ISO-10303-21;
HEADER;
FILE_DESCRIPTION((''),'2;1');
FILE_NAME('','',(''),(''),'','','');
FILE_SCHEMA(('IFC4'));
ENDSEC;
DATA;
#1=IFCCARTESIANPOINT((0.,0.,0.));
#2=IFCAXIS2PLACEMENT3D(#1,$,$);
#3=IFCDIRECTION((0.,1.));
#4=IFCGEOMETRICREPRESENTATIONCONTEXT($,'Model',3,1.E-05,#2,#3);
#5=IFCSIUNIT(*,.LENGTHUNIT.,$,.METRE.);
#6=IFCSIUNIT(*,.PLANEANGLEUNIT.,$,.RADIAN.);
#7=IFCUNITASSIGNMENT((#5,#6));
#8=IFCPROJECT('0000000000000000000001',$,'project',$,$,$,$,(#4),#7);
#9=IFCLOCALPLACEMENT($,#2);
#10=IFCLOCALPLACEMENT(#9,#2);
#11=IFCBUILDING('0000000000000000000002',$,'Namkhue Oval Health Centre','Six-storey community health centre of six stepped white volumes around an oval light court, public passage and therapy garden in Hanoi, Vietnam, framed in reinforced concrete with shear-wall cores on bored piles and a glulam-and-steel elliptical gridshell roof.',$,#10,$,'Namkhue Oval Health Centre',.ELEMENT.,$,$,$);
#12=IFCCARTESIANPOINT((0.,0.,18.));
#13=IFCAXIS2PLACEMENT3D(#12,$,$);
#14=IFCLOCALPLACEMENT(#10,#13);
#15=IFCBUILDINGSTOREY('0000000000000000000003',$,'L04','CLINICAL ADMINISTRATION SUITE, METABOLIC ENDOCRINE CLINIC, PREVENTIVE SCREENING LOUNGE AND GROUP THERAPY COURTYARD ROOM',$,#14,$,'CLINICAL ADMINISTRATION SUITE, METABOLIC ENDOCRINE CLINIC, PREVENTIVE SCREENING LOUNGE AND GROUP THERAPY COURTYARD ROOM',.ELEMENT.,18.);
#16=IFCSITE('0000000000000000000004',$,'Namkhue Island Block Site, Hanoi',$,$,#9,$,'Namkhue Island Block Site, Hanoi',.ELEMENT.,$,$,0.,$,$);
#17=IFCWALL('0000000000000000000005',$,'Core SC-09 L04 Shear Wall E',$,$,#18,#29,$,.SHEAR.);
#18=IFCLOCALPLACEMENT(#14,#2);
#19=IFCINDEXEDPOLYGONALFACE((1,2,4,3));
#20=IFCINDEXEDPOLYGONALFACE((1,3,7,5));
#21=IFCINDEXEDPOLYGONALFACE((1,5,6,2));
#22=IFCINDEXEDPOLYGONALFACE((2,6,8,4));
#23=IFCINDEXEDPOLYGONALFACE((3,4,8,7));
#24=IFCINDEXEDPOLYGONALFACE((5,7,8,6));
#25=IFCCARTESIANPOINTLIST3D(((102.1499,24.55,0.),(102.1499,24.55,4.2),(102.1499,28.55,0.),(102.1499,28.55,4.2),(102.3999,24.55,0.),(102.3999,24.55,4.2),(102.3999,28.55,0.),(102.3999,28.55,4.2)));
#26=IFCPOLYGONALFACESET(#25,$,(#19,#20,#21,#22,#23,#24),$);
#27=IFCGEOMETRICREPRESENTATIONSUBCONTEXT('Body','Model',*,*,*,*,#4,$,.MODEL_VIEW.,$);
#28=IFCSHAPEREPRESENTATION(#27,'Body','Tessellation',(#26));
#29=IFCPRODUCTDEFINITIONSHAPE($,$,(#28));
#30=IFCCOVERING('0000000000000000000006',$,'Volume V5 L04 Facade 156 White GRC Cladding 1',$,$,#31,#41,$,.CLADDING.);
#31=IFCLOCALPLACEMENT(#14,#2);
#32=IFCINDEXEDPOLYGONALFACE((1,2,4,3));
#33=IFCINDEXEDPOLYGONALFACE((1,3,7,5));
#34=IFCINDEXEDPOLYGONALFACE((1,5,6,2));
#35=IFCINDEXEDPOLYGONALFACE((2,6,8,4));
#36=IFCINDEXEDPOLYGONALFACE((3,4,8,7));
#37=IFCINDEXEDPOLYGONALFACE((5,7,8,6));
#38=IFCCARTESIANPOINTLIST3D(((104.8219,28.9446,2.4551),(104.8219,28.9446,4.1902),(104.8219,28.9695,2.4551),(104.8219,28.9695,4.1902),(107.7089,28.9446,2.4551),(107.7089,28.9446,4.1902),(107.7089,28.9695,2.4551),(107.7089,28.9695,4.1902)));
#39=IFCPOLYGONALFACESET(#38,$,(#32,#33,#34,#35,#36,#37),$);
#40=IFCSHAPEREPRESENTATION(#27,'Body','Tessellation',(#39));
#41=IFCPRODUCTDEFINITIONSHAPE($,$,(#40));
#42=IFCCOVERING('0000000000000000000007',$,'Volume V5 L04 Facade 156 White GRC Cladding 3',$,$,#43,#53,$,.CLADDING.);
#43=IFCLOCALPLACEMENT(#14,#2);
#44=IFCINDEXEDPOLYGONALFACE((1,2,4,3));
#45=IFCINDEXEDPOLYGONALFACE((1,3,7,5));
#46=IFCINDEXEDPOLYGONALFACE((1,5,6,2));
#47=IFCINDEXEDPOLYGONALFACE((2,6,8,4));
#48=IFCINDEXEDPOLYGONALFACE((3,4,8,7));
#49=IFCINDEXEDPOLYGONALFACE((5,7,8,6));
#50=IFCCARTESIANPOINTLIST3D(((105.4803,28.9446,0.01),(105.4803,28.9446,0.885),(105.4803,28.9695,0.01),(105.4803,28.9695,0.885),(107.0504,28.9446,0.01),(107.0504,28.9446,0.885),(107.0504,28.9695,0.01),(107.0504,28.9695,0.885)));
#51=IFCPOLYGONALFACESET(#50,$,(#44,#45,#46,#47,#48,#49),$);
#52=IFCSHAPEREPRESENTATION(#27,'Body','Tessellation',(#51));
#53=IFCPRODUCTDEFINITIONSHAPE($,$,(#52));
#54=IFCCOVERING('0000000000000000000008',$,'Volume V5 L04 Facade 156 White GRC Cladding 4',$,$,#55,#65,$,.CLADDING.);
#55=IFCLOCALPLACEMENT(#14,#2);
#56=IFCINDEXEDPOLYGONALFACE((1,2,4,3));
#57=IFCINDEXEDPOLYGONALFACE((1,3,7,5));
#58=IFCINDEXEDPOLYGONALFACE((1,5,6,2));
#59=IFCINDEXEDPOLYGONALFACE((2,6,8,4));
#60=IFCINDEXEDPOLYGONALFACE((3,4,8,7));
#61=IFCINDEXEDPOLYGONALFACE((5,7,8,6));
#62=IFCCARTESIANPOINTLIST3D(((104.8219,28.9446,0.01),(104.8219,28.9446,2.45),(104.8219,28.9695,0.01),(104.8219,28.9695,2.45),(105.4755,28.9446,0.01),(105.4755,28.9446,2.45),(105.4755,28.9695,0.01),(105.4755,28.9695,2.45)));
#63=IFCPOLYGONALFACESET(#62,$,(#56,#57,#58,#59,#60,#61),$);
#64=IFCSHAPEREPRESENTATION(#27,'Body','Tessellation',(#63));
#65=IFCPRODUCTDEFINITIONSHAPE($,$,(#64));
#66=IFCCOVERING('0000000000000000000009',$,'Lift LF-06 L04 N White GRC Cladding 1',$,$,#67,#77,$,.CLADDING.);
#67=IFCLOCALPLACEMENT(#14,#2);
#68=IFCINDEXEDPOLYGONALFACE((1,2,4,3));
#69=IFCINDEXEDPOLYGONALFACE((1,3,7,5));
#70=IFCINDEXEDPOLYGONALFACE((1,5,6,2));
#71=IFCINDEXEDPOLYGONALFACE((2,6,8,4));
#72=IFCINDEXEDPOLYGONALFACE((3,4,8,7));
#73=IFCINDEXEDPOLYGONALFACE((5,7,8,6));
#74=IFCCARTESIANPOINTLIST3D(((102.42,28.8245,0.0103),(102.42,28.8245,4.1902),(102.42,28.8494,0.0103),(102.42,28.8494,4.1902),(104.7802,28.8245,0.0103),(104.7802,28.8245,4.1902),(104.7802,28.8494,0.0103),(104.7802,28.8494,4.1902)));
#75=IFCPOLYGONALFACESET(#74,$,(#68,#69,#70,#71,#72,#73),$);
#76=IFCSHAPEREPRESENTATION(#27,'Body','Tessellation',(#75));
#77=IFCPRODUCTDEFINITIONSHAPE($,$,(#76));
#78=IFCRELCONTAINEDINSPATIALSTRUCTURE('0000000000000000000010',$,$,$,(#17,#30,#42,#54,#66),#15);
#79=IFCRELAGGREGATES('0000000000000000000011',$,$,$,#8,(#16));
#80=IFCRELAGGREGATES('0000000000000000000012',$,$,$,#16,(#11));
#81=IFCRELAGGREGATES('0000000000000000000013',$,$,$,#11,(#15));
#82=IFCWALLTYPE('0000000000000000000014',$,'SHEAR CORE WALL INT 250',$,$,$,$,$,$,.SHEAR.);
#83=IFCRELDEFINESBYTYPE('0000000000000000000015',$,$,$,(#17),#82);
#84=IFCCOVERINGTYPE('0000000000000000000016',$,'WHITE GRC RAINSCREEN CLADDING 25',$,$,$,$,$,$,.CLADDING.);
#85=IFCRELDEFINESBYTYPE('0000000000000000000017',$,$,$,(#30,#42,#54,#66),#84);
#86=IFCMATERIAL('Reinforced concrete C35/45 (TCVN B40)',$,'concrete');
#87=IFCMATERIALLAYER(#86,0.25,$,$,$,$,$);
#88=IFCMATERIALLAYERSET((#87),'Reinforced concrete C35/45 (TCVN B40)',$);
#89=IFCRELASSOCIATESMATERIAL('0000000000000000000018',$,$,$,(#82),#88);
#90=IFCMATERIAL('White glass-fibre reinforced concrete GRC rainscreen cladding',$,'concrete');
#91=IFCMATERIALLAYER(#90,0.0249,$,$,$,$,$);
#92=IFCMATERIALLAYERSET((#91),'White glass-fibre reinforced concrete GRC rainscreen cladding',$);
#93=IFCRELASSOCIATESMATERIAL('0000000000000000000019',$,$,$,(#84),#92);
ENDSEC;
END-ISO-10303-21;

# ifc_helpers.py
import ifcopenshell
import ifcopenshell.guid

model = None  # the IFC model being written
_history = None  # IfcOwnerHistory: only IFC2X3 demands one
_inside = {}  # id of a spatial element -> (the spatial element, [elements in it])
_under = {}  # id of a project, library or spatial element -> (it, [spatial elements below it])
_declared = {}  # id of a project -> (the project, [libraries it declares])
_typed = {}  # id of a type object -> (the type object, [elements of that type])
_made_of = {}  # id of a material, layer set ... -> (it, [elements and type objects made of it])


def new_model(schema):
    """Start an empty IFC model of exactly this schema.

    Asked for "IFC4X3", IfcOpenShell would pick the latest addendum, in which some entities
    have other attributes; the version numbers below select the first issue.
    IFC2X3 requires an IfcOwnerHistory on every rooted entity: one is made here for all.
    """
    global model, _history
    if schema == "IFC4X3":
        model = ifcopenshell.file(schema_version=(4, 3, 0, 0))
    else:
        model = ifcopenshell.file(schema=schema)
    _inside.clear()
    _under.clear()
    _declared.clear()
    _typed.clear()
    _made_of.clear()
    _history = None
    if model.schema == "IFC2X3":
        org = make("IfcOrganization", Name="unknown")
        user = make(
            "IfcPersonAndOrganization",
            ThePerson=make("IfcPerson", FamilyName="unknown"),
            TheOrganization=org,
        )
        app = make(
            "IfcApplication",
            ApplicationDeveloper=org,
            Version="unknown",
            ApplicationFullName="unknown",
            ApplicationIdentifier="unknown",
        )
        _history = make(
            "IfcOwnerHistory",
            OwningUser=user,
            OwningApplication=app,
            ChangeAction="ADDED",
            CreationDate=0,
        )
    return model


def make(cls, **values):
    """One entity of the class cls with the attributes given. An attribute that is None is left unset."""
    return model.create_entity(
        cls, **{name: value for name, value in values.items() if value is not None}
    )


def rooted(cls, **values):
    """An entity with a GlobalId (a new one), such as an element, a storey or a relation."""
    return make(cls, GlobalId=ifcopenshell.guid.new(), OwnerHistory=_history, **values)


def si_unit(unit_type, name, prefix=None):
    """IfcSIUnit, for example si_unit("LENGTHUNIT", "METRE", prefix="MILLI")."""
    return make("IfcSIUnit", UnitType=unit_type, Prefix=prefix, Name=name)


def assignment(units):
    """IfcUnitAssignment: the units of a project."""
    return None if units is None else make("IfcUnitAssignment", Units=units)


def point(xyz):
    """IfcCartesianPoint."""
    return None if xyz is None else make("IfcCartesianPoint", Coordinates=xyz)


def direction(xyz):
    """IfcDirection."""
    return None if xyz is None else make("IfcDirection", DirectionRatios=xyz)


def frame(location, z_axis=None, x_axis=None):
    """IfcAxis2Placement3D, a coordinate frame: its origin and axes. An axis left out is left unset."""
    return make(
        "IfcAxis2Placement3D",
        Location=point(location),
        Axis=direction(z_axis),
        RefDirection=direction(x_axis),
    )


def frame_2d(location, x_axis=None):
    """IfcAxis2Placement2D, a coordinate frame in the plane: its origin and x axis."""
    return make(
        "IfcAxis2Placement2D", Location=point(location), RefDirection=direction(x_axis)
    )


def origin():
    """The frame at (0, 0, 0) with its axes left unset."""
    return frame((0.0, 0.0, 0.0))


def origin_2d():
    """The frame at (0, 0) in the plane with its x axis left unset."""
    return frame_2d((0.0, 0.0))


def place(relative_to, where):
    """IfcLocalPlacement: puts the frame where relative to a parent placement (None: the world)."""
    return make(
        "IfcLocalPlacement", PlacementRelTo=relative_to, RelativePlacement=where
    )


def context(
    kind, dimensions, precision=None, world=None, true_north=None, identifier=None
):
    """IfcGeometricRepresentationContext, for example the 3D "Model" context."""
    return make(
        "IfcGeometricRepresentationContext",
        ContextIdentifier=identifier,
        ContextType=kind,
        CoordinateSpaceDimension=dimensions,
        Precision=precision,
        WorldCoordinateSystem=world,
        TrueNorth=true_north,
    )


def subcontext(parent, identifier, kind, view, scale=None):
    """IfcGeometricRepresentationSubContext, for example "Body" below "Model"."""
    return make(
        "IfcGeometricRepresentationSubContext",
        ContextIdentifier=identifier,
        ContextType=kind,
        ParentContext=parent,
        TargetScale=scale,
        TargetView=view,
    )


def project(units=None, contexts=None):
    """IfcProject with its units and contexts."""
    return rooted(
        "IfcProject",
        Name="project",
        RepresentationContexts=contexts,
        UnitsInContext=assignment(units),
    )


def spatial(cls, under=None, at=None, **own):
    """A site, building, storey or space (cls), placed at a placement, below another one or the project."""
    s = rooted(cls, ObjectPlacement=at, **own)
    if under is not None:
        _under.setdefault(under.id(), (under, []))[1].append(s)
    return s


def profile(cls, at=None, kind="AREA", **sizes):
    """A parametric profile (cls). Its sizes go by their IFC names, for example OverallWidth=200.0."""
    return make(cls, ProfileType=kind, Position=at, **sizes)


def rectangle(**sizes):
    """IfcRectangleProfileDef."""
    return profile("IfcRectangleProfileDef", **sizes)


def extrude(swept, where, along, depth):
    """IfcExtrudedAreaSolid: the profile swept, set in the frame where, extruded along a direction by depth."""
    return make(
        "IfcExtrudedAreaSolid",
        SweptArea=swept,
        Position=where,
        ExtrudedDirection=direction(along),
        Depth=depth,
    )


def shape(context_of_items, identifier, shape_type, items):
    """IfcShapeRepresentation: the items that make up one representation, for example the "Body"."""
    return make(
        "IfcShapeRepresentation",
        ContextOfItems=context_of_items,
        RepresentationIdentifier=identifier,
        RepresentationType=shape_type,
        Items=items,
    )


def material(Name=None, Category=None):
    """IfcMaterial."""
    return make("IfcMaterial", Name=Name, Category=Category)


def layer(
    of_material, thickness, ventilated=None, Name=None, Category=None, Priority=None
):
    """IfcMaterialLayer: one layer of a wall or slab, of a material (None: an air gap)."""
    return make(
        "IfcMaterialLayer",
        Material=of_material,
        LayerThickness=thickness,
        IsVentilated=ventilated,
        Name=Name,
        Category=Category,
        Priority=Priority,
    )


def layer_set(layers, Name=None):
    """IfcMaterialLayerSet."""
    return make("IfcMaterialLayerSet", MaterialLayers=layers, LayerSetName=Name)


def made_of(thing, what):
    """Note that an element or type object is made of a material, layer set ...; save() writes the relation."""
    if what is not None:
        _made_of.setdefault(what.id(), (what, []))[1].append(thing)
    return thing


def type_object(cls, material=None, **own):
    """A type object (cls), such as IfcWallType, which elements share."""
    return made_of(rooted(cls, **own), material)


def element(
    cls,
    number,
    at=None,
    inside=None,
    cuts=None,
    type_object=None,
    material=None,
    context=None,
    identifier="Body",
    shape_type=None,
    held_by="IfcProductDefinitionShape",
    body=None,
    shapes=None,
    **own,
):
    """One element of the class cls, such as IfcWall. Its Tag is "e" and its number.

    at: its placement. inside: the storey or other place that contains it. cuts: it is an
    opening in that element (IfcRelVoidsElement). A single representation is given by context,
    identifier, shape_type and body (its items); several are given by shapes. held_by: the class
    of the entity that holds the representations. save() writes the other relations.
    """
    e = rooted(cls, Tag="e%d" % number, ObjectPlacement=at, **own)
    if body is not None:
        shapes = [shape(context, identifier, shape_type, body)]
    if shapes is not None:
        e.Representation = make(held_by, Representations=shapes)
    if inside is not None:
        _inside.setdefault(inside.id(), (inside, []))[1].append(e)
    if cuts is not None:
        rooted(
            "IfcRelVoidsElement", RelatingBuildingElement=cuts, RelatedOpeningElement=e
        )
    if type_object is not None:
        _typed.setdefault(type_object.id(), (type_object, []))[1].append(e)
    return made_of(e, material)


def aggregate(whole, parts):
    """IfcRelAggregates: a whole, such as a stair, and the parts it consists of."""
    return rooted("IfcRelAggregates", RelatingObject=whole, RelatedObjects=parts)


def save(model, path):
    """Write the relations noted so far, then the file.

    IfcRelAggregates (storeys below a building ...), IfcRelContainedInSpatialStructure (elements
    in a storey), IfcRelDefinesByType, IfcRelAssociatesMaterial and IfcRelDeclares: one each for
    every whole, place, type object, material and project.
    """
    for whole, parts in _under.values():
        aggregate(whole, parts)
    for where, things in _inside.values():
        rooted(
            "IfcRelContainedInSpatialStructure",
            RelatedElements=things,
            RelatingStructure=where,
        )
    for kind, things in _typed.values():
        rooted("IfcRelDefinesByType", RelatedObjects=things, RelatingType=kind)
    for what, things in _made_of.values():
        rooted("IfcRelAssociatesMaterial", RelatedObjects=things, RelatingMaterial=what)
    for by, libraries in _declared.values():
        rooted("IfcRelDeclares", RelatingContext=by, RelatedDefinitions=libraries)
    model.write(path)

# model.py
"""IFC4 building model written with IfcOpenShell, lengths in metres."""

from ifc_helpers import new_model, si_unit, direction, frame, frame_2d, origin, origin_2d, place, context, subcontext, project, spatial, rectangle, extrude, material, layer, layer_set, type_object, element, save


model = new_model("IFC4")

# Units and contexts
model_context = context("Model", 3, precision=1e-05, world=origin(), true_north=direction((0.0, 1.0)))
body_context = subcontext(model_context, "Body", "Model", "MODEL_VIEW")
ifc_project = project(units=[si_unit("LENGTHUNIT", "METRE"), si_unit("PLANEANGLEUNIT", "RADIAN")], contexts=[model_context])

# Site, building, storey
site_placement = place(None, origin())
site = spatial("IfcSite", under=ifc_project, at=site_placement, Name="Namkhue Island Block Site, Hanoi", LongName="Namkhue Island Block Site, Hanoi", CompositionType="ELEMENT", RefElevation=0.0)
building_placement = place(site_placement, origin())
building = spatial("IfcBuilding", under=site, at=building_placement, Name="Namkhue Oval Health Centre", Description="Six-storey community health centre of six stepped white volumes around an oval light court, public passage and therapy garden in Hanoi, Vietnam, framed in reinforced concrete with shear-wall cores on bored piles and a glulam-and-steel elliptical gridshell roof.", LongName="Namkhue Oval Health Centre", CompositionType="ELEMENT")
storey_placement = place(building_placement, frame((0.0, 0.0, 18.0)))
storey = spatial("IfcBuildingStorey", under=building, at=storey_placement, Name="L04", Description="CLINICAL ADMINISTRATION SUITE, METABOLIC ENDOCRINE CLINIC, PREVENTIVE SCREENING LOUNGE AND GROUP THERAPY COURTYARD ROOM", LongName="CLINICAL ADMINISTRATION SUITE, METABOLIC ENDOCRINE CLINIC, PREVENTIVE SCREENING LOUNGE AND GROUP THERAPY COURTYARD ROOM", CompositionType="ELEMENT", Elevation=18.0)

# Shared definitions
ifc_material_1 = material(Name="Reinforced concrete C35/45 (TCVN B40)", Category="concrete")

# Wall
ifc_layer_1 = layer(ifc_material_1, 0.25)
ifc_layer_set_1 = layer_set([ifc_layer_1], Name="Reinforced concrete C35/45 (TCVN B40)")
wall_type_1 = type_object("IfcWallType", Name="SHEAR CORE WALL INT 250", PredefinedType="SHEAR", material=ifc_layer_set_1)
wall_1_placement = place(storey_placement, frame((102.2749, 24.55, 0.0), z_axis=(0.0, 0.0, 1.0), x_axis=(0.0, 1.0, 0.0)))
element("IfcWall", 1, at=wall_1_placement, inside=storey, type_object=wall_type_1, Name="Core SC-09 L04 Shear Wall E", PredefinedType="SHEAR", context=body_context, shape_type="SweptSolid", body=[
    extrude(rectangle(XDim=4.0, YDim=0.25, at=frame_2d((2.0, 0.0))), origin(), (0.0, 0.0, 1.0), 4.2),
])

# Coverings
ifc_material_2 = material(Name="White glass-fibre reinforced concrete GRC rainscreen cladding", Category="concrete")
ifc_layer_2 = layer(ifc_material_2, 0.0249)
ifc_layer_set_2 = layer_set([ifc_layer_2], Name="White glass-fibre reinforced concrete GRC rainscreen cladding")
covering_type = type_object("IfcCoveringType", Name="WHITE GRC RAINSCREEN CLADDING 25", PredefinedType="CLADDING", material=ifc_layer_set_2)
covering_1_placement = place(storey_placement, frame((106.2654, 28.957, 2.4551), z_axis=(0.0, 0.0, 1.0), x_axis=(-1.0, 0.0, 0.0)))
element("IfcCovering", 2, at=covering_1_placement, inside=storey, type_object=covering_type, Name="Volume V5 L04 Facade 156 White GRC Cladding 1", PredefinedType="CLADDING", context=body_context, shape_type="SweptSolid", body=[
    extrude(rectangle(XDim=2.887, YDim=0.0249, at=origin_2d()), origin(), (0.0, 0.0, 1.0), 1.7351),
])
covering_2_placement = place(storey_placement, frame((106.2654, 28.957, 0.01), z_axis=(0.0, 0.0, 1.0), x_axis=(-1.0, 0.0, 0.0)))
element("IfcCovering", 3, at=covering_2_placement, inside=storey, type_object=covering_type, Name="Volume V5 L04 Facade 156 White GRC Cladding 3", PredefinedType="CLADDING", context=body_context, shape_type="SweptSolid", body=[
    extrude(rectangle(XDim=1.5701, YDim=0.0249, at=origin_2d()), origin(), (0.0, 0.0, 1.0), 0.875),
])
covering_3_placement = place(storey_placement, frame((105.1487, 28.957, 0.01), z_axis=(0.0, 0.0, 1.0), x_axis=(-1.0, 0.0, 0.0)))
element("IfcCovering", 4, at=covering_3_placement, inside=storey, type_object=covering_type, Name="Volume V5 L04 Facade 156 White GRC Cladding 4", PredefinedType="CLADDING", context=body_context, shape_type="SweptSolid", body=[
    extrude(rectangle(XDim=0.6536, YDim=0.0249, at=origin_2d()), origin(), (0.0, 0.0, 1.0), 2.4399),
])
covering_4_placement = place(storey_placement, frame((103.6001, 28.8369, 0.0103), z_axis=(0.0, 0.0, 1.0), x_axis=(-1.0, 0.0, 0.0)))
element("IfcCovering", 5, at=covering_4_placement, inside=storey, type_object=covering_type, Name="Lift LF-06 L04 N White GRC Cladding 1", PredefinedType="CLADDING", context=body_context, shape_type="SweptSolid", body=[
    extrude(rectangle(XDim=2.3601, YDim=0.0249, at=origin_2d()), origin(), (0.0, 0.0, 1.0), 4.1799),
])

save(model, "model.ifc")
